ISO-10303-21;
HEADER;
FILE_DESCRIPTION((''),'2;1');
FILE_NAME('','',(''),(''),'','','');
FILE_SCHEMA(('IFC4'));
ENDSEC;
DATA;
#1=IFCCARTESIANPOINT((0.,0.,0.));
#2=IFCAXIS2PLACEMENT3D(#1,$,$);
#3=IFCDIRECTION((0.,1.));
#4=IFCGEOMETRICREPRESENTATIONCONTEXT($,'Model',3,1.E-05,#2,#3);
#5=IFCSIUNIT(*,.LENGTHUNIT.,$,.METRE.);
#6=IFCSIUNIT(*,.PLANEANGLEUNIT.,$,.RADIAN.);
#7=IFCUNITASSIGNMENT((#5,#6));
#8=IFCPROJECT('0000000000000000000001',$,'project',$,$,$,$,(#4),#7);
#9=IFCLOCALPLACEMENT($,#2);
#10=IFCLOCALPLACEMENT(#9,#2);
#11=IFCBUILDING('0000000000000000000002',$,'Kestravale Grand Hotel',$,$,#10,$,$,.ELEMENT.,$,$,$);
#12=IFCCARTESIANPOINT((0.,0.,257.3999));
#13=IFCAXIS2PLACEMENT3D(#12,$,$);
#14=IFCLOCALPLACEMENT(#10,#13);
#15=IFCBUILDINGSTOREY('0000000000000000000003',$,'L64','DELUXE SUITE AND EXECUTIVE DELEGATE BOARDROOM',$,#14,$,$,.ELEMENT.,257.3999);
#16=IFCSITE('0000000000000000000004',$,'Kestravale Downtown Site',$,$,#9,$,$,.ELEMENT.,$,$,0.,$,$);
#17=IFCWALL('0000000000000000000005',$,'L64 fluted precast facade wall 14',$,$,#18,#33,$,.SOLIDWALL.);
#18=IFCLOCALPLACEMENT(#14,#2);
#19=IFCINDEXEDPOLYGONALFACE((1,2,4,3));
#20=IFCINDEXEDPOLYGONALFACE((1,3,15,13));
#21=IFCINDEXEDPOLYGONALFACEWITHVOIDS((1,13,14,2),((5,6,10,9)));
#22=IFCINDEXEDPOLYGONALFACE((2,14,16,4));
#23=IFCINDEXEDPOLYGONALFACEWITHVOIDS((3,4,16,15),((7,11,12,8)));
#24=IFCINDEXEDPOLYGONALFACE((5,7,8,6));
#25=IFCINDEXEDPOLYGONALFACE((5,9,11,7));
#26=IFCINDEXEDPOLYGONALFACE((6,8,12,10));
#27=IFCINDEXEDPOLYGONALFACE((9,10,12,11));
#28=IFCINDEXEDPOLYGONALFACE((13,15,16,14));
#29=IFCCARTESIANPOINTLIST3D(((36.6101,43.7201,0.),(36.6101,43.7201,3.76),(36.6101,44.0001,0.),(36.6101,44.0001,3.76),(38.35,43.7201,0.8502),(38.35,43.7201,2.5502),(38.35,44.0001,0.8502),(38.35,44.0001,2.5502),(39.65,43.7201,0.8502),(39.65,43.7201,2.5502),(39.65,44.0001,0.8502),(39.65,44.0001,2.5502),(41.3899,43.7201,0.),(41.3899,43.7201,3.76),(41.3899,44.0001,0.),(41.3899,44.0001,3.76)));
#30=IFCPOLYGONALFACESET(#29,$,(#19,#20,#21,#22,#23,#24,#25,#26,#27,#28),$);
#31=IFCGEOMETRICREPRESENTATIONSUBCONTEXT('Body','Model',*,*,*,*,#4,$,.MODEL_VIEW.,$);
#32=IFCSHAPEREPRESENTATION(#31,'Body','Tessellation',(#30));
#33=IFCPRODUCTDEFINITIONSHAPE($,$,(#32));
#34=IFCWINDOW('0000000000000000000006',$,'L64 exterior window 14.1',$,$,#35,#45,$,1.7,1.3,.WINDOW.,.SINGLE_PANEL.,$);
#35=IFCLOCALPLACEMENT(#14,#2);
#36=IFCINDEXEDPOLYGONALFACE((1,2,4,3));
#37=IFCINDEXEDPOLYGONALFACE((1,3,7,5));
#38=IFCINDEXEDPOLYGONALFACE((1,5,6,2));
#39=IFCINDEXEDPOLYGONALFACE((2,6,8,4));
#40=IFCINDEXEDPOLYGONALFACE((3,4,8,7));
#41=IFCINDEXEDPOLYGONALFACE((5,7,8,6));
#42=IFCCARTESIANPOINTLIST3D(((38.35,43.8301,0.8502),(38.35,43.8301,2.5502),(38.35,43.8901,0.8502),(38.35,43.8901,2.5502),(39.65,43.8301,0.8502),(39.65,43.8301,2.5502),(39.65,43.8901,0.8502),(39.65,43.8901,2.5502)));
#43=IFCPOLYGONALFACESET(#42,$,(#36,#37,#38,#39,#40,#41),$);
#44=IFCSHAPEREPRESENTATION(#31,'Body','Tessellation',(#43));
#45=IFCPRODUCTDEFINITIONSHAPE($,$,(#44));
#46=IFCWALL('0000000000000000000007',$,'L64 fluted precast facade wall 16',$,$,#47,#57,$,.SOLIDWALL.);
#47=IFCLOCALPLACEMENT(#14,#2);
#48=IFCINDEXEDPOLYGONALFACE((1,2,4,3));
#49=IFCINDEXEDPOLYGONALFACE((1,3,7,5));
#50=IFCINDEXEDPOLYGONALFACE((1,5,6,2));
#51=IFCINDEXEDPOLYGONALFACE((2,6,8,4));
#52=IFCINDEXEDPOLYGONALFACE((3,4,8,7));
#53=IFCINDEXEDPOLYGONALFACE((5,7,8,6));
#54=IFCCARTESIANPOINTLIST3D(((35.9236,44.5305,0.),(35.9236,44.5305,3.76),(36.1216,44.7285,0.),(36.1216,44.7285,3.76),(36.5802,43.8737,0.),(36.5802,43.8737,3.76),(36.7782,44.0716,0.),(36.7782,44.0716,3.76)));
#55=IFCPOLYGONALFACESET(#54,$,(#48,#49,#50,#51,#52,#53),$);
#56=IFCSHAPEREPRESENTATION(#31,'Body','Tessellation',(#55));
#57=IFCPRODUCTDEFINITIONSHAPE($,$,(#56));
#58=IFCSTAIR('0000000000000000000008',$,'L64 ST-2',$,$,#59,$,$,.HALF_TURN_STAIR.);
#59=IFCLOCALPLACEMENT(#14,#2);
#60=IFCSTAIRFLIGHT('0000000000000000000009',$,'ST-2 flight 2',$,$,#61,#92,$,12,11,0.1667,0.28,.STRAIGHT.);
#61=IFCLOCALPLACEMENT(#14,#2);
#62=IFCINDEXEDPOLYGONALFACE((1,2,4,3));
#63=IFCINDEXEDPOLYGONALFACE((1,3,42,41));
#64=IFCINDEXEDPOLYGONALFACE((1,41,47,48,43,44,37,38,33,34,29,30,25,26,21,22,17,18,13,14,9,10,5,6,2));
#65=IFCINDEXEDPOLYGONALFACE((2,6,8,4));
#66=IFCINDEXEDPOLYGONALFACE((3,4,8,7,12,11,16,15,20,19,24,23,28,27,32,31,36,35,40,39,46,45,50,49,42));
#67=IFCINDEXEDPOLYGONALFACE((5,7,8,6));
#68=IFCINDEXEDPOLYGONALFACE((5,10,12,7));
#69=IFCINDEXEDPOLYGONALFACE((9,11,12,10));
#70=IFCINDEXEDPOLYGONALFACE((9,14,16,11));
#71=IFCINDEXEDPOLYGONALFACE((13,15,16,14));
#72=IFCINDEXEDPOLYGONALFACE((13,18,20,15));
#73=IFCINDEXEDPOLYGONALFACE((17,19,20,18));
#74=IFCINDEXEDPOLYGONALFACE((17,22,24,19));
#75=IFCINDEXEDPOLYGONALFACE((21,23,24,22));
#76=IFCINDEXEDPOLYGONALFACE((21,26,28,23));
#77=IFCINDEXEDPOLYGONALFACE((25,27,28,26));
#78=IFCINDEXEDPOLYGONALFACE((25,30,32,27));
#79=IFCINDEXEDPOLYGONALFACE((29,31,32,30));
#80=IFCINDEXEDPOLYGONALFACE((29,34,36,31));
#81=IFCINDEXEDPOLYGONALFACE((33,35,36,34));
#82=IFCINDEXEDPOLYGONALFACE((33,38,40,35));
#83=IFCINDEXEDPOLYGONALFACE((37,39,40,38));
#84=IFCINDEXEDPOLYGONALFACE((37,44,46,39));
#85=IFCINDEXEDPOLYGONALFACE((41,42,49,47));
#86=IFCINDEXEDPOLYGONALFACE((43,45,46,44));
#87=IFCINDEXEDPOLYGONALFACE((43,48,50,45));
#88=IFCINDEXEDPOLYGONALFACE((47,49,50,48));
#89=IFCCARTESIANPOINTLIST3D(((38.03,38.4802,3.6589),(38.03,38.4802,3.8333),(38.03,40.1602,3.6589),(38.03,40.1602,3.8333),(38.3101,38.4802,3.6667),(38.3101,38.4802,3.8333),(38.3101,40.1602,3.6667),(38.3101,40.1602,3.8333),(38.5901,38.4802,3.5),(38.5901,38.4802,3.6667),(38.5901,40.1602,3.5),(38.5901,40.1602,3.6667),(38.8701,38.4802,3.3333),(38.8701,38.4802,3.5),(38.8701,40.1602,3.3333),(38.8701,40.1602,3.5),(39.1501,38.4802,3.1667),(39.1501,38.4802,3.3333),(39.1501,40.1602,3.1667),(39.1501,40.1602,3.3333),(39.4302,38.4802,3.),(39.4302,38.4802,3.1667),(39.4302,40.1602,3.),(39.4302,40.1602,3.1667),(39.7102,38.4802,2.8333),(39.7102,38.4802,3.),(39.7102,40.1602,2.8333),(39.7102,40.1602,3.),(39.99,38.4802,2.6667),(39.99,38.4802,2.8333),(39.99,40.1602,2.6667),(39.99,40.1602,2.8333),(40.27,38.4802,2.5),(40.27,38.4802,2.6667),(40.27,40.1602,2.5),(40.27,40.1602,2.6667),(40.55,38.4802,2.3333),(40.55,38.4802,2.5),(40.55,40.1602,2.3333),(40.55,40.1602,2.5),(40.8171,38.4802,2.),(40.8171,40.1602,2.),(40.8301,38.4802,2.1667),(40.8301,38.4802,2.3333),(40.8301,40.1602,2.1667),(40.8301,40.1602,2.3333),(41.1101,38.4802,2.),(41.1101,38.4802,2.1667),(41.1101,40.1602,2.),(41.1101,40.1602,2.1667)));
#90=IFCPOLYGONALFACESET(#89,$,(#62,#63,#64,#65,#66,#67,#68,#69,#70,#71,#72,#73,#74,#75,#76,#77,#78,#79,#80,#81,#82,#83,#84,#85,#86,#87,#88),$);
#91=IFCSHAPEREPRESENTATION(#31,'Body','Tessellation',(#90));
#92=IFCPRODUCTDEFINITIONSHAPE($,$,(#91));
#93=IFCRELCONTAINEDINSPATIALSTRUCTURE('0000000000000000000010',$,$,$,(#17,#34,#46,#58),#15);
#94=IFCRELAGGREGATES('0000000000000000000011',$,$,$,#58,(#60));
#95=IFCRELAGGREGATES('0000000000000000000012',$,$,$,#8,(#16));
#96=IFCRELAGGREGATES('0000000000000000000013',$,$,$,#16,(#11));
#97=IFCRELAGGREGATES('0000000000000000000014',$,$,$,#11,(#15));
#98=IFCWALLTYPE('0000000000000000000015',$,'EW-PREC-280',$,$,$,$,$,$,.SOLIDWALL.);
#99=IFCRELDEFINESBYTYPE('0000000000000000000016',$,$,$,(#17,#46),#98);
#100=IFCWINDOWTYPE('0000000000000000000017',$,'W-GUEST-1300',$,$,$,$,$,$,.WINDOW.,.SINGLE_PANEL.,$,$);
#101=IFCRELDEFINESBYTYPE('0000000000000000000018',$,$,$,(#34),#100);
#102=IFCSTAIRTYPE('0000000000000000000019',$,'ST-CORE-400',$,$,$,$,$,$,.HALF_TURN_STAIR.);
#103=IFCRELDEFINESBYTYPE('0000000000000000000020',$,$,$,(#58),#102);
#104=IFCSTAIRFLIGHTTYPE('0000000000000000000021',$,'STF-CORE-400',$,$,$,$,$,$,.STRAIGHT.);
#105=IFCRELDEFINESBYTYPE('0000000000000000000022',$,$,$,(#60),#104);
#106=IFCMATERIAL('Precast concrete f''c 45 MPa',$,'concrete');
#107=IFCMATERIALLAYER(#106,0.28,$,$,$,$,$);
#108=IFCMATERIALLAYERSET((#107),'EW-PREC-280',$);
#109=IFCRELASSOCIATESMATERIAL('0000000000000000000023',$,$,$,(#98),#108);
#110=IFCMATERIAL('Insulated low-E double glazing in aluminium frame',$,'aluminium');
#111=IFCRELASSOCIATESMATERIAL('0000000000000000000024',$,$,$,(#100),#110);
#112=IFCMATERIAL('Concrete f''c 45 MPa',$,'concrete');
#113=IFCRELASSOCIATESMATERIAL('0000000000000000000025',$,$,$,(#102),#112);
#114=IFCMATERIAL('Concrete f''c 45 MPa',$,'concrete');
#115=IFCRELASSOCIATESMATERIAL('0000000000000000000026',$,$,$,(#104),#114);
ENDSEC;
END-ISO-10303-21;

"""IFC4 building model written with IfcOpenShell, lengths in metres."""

from ifc_helpers import new_model, si_unit, direction, frame, frame_2d, origin, place, context, subcontext, project, spatial, polyline, rectangle, outline, extrude, material, layer, layer_set, type_object, element, fill, aggregate, save


model = new_model("IFC4")

# Units and contexts
model_context = context("Model", 3, precision=1e-05, world=origin(), true_north=direction((0.0, 1.0)))
body_context = subcontext(model_context, "Body", "Model", "MODEL_VIEW")
ifc_project = project(units=[si_unit("LENGTHUNIT", "METRE"), si_unit("PLANEANGLEUNIT", "RADIAN")], contexts=[model_context])

# Site, building, storey
site_placement = place(None, origin())
site = spatial("IfcSite", under=ifc_project, at=site_placement, Name="Kestravale Downtown Site", CompositionType="ELEMENT", RefElevation=0.0)
building_placement = place(site_placement, origin())
building = spatial("IfcBuilding", under=site, at=building_placement, Name="Kestravale Grand Hotel", CompositionType="ELEMENT")
storey_placement = place(building_placement, frame((0.0, 0.0, 257.3999)))
storey = spatial("IfcBuildingStorey", under=building, at=storey_placement, Name="L64", Description="DELUXE SUITE AND EXECUTIVE DELEGATE BOARDROOM", CompositionType="ELEMENT", Elevation=257.3999)

# Shared definitions
ifc_material_1 = material(Name="Precast concrete f'c 45 MPa", Category="concrete")
ifc_layer_1 = layer(ifc_material_1, 0.28)
ifc_layer_set_1 = layer_set([ifc_layer_1], Name="EW-PREC-280")
wall_type_1 = type_object("IfcWallType", Name="EW-PREC-280", PredefinedType="SOLIDWALL", material=ifc_layer_set_1)

# Wall, opening, window
ifc_material_2 = material(Name="Insulated low-E double glazing in aluminium frame", Category="aluminium")
window_type = type_object("IfcWindowType", Name="W-GUEST-1300", PartitioningType="SINGLE_PANEL", PredefinedType="WINDOW", material=ifc_material_2)
wall_1_placement = place(storey_placement, frame((41.3899, 43.8601, 0.0), z_axis=(0.0, 0.0, 1.0), x_axis=(-1.0, 0.0, 0.0)))
wall_1 = element("IfcWall", 1, at=wall_1_placement, inside=storey, type_object=wall_type_1, Name="L64 fluted precast facade wall 14", PredefinedType="SOLIDWALL", context=body_context, shape_type="SweptSolid", body=[
    extrude(rectangle(XDim=4.7798, YDim=0.28, at=frame_2d((2.3899, 0.0))), origin(), (0.0, 0.0, 1.0), 3.76),
])
opening_1_placement = place(wall_1_placement, frame((1.74, 0.0, 0.8501)))
opening_1 = element("IfcOpeningElement", 2, at=opening_1_placement, cuts=wall_1, PredefinedType="OPENING", context=body_context, shape_type="SweptSolid", body=[
    extrude(rectangle(XDim=1.3, YDim=1.7, at=frame_2d((0.6499, 0.8501))), frame((0.0, 0.1499, 0.0), z_axis=(0.0, -1.0, 0.0), x_axis=(1.0, 0.0, 0.0)), (0.0, 0.0, 1.0), 0.3),
])
window_1_placement = place(opening_1_placement, origin())
window_1 = element("IfcWindow", 3, at=window_1_placement, inside=storey, type_object=window_type, Name="L64 exterior window 14.1", OverallHeight=1.7, OverallWidth=1.3, PartitioningType="SINGLE_PANEL", PredefinedType="WINDOW", context=body_context, shape_type="SweptSolid", body=[
    extrude(rectangle(XDim=1.3, YDim=1.7, at=frame_2d((0.6499, 0.8501))), frame((0.0, 0.03, 0.0), z_axis=(0.0, -1.0, 0.0), x_axis=(1.0, 0.0, 0.0)), (0.0, 0.0, 1.0), 0.0601),
])
fill(opening_1, window_1)

# Wall
wall_2_placement = place(storey_placement, frame((36.6792, 43.9727, 0.0), z_axis=(0.0, 0.0, 1.0), x_axis=(-0.706975, 0.707238, 0.0)))
element("IfcWall", 4, at=wall_2_placement, inside=storey, type_object=wall_type_1, Name="L64 fluted precast facade wall 16", PredefinedType="SOLIDWALL", context=body_context, shape_type="SweptSolid", body=[
    extrude(rectangle(XDim=0.9287, YDim=0.28, at=frame_2d((0.4644, 0.0))), origin(), (0.0, 0.0, 1.0), 3.76),
])

# Stair, stair flight
ifc_material_3 = material(Name="Concrete f'c 45 MPa", Category="concrete")
stair_type = type_object("IfcStairType", Name="ST-CORE-400", PredefinedType="HALF_TURN_STAIR", material=ifc_material_3)
stair_placement = place(storey_placement, origin())
stair = element("IfcStair", 5, at=stair_placement, inside=storey, type_object=stair_type, Name="L64 ST-2", PredefinedType="HALF_TURN_STAIR")
ifc_material_4 = material(Name="Concrete f'c 45 MPa", Category="concrete")
stair_flight_type = type_object("IfcStairFlightType", Name="STF-CORE-400", PredefinedType="STRAIGHT", material=ifc_material_4)
stair_flight_placement = place(storey_placement, frame((41.1101, 39.3201, 2.0), z_axis=(0.0, 0.0, 1.0), x_axis=(-1.0, 0.0, 0.0)))
stair_flight = element("IfcStairFlight", 6, at=stair_flight_placement, type_object=stair_flight_type, Name="ST-2 flight 2", NumberOfRisers=12, NumberOfTreads=11, PredefinedType="STRAIGHT", RiserHeight=0.1667, TreadLength=0.28, context=body_context, shape_type="SweptSolid", body=[
    extrude(outline(polyline([(0.0, 0.0), (0.0, 0.1667), (0.28, 0.1667), (0.28, 0.3333), (0.5601, 0.3333), (0.5601, 0.5), (0.8401, 0.5), (0.8401, 0.6667), (1.1201, 0.6667), (1.1201, 0.8333), (1.3999, 0.8333), (1.3999, 1.0), (1.6799, 1.0), (1.6799, 1.1667), (1.96, 1.1667), (1.96, 1.3333), (2.24, 1.3333), (2.24, 1.5), (2.52, 1.5), (2.52, 1.6667), (2.8, 1.6667), (2.8, 1.8333), (3.0801, 1.8333), (3.0801, 2.0), (3.0801, 1.6589), (0.293, 0.0), (0.0, 0.0)])), frame((0.0, 0.8398, 0.0), z_axis=(0.0, -1.0, 0.0), x_axis=(1.0, 0.0, 0.0)), (0.0, 0.0, 1.0), 1.6799),
])
aggregate(stair, [stair_flight])

save(model, "model.ifc")
